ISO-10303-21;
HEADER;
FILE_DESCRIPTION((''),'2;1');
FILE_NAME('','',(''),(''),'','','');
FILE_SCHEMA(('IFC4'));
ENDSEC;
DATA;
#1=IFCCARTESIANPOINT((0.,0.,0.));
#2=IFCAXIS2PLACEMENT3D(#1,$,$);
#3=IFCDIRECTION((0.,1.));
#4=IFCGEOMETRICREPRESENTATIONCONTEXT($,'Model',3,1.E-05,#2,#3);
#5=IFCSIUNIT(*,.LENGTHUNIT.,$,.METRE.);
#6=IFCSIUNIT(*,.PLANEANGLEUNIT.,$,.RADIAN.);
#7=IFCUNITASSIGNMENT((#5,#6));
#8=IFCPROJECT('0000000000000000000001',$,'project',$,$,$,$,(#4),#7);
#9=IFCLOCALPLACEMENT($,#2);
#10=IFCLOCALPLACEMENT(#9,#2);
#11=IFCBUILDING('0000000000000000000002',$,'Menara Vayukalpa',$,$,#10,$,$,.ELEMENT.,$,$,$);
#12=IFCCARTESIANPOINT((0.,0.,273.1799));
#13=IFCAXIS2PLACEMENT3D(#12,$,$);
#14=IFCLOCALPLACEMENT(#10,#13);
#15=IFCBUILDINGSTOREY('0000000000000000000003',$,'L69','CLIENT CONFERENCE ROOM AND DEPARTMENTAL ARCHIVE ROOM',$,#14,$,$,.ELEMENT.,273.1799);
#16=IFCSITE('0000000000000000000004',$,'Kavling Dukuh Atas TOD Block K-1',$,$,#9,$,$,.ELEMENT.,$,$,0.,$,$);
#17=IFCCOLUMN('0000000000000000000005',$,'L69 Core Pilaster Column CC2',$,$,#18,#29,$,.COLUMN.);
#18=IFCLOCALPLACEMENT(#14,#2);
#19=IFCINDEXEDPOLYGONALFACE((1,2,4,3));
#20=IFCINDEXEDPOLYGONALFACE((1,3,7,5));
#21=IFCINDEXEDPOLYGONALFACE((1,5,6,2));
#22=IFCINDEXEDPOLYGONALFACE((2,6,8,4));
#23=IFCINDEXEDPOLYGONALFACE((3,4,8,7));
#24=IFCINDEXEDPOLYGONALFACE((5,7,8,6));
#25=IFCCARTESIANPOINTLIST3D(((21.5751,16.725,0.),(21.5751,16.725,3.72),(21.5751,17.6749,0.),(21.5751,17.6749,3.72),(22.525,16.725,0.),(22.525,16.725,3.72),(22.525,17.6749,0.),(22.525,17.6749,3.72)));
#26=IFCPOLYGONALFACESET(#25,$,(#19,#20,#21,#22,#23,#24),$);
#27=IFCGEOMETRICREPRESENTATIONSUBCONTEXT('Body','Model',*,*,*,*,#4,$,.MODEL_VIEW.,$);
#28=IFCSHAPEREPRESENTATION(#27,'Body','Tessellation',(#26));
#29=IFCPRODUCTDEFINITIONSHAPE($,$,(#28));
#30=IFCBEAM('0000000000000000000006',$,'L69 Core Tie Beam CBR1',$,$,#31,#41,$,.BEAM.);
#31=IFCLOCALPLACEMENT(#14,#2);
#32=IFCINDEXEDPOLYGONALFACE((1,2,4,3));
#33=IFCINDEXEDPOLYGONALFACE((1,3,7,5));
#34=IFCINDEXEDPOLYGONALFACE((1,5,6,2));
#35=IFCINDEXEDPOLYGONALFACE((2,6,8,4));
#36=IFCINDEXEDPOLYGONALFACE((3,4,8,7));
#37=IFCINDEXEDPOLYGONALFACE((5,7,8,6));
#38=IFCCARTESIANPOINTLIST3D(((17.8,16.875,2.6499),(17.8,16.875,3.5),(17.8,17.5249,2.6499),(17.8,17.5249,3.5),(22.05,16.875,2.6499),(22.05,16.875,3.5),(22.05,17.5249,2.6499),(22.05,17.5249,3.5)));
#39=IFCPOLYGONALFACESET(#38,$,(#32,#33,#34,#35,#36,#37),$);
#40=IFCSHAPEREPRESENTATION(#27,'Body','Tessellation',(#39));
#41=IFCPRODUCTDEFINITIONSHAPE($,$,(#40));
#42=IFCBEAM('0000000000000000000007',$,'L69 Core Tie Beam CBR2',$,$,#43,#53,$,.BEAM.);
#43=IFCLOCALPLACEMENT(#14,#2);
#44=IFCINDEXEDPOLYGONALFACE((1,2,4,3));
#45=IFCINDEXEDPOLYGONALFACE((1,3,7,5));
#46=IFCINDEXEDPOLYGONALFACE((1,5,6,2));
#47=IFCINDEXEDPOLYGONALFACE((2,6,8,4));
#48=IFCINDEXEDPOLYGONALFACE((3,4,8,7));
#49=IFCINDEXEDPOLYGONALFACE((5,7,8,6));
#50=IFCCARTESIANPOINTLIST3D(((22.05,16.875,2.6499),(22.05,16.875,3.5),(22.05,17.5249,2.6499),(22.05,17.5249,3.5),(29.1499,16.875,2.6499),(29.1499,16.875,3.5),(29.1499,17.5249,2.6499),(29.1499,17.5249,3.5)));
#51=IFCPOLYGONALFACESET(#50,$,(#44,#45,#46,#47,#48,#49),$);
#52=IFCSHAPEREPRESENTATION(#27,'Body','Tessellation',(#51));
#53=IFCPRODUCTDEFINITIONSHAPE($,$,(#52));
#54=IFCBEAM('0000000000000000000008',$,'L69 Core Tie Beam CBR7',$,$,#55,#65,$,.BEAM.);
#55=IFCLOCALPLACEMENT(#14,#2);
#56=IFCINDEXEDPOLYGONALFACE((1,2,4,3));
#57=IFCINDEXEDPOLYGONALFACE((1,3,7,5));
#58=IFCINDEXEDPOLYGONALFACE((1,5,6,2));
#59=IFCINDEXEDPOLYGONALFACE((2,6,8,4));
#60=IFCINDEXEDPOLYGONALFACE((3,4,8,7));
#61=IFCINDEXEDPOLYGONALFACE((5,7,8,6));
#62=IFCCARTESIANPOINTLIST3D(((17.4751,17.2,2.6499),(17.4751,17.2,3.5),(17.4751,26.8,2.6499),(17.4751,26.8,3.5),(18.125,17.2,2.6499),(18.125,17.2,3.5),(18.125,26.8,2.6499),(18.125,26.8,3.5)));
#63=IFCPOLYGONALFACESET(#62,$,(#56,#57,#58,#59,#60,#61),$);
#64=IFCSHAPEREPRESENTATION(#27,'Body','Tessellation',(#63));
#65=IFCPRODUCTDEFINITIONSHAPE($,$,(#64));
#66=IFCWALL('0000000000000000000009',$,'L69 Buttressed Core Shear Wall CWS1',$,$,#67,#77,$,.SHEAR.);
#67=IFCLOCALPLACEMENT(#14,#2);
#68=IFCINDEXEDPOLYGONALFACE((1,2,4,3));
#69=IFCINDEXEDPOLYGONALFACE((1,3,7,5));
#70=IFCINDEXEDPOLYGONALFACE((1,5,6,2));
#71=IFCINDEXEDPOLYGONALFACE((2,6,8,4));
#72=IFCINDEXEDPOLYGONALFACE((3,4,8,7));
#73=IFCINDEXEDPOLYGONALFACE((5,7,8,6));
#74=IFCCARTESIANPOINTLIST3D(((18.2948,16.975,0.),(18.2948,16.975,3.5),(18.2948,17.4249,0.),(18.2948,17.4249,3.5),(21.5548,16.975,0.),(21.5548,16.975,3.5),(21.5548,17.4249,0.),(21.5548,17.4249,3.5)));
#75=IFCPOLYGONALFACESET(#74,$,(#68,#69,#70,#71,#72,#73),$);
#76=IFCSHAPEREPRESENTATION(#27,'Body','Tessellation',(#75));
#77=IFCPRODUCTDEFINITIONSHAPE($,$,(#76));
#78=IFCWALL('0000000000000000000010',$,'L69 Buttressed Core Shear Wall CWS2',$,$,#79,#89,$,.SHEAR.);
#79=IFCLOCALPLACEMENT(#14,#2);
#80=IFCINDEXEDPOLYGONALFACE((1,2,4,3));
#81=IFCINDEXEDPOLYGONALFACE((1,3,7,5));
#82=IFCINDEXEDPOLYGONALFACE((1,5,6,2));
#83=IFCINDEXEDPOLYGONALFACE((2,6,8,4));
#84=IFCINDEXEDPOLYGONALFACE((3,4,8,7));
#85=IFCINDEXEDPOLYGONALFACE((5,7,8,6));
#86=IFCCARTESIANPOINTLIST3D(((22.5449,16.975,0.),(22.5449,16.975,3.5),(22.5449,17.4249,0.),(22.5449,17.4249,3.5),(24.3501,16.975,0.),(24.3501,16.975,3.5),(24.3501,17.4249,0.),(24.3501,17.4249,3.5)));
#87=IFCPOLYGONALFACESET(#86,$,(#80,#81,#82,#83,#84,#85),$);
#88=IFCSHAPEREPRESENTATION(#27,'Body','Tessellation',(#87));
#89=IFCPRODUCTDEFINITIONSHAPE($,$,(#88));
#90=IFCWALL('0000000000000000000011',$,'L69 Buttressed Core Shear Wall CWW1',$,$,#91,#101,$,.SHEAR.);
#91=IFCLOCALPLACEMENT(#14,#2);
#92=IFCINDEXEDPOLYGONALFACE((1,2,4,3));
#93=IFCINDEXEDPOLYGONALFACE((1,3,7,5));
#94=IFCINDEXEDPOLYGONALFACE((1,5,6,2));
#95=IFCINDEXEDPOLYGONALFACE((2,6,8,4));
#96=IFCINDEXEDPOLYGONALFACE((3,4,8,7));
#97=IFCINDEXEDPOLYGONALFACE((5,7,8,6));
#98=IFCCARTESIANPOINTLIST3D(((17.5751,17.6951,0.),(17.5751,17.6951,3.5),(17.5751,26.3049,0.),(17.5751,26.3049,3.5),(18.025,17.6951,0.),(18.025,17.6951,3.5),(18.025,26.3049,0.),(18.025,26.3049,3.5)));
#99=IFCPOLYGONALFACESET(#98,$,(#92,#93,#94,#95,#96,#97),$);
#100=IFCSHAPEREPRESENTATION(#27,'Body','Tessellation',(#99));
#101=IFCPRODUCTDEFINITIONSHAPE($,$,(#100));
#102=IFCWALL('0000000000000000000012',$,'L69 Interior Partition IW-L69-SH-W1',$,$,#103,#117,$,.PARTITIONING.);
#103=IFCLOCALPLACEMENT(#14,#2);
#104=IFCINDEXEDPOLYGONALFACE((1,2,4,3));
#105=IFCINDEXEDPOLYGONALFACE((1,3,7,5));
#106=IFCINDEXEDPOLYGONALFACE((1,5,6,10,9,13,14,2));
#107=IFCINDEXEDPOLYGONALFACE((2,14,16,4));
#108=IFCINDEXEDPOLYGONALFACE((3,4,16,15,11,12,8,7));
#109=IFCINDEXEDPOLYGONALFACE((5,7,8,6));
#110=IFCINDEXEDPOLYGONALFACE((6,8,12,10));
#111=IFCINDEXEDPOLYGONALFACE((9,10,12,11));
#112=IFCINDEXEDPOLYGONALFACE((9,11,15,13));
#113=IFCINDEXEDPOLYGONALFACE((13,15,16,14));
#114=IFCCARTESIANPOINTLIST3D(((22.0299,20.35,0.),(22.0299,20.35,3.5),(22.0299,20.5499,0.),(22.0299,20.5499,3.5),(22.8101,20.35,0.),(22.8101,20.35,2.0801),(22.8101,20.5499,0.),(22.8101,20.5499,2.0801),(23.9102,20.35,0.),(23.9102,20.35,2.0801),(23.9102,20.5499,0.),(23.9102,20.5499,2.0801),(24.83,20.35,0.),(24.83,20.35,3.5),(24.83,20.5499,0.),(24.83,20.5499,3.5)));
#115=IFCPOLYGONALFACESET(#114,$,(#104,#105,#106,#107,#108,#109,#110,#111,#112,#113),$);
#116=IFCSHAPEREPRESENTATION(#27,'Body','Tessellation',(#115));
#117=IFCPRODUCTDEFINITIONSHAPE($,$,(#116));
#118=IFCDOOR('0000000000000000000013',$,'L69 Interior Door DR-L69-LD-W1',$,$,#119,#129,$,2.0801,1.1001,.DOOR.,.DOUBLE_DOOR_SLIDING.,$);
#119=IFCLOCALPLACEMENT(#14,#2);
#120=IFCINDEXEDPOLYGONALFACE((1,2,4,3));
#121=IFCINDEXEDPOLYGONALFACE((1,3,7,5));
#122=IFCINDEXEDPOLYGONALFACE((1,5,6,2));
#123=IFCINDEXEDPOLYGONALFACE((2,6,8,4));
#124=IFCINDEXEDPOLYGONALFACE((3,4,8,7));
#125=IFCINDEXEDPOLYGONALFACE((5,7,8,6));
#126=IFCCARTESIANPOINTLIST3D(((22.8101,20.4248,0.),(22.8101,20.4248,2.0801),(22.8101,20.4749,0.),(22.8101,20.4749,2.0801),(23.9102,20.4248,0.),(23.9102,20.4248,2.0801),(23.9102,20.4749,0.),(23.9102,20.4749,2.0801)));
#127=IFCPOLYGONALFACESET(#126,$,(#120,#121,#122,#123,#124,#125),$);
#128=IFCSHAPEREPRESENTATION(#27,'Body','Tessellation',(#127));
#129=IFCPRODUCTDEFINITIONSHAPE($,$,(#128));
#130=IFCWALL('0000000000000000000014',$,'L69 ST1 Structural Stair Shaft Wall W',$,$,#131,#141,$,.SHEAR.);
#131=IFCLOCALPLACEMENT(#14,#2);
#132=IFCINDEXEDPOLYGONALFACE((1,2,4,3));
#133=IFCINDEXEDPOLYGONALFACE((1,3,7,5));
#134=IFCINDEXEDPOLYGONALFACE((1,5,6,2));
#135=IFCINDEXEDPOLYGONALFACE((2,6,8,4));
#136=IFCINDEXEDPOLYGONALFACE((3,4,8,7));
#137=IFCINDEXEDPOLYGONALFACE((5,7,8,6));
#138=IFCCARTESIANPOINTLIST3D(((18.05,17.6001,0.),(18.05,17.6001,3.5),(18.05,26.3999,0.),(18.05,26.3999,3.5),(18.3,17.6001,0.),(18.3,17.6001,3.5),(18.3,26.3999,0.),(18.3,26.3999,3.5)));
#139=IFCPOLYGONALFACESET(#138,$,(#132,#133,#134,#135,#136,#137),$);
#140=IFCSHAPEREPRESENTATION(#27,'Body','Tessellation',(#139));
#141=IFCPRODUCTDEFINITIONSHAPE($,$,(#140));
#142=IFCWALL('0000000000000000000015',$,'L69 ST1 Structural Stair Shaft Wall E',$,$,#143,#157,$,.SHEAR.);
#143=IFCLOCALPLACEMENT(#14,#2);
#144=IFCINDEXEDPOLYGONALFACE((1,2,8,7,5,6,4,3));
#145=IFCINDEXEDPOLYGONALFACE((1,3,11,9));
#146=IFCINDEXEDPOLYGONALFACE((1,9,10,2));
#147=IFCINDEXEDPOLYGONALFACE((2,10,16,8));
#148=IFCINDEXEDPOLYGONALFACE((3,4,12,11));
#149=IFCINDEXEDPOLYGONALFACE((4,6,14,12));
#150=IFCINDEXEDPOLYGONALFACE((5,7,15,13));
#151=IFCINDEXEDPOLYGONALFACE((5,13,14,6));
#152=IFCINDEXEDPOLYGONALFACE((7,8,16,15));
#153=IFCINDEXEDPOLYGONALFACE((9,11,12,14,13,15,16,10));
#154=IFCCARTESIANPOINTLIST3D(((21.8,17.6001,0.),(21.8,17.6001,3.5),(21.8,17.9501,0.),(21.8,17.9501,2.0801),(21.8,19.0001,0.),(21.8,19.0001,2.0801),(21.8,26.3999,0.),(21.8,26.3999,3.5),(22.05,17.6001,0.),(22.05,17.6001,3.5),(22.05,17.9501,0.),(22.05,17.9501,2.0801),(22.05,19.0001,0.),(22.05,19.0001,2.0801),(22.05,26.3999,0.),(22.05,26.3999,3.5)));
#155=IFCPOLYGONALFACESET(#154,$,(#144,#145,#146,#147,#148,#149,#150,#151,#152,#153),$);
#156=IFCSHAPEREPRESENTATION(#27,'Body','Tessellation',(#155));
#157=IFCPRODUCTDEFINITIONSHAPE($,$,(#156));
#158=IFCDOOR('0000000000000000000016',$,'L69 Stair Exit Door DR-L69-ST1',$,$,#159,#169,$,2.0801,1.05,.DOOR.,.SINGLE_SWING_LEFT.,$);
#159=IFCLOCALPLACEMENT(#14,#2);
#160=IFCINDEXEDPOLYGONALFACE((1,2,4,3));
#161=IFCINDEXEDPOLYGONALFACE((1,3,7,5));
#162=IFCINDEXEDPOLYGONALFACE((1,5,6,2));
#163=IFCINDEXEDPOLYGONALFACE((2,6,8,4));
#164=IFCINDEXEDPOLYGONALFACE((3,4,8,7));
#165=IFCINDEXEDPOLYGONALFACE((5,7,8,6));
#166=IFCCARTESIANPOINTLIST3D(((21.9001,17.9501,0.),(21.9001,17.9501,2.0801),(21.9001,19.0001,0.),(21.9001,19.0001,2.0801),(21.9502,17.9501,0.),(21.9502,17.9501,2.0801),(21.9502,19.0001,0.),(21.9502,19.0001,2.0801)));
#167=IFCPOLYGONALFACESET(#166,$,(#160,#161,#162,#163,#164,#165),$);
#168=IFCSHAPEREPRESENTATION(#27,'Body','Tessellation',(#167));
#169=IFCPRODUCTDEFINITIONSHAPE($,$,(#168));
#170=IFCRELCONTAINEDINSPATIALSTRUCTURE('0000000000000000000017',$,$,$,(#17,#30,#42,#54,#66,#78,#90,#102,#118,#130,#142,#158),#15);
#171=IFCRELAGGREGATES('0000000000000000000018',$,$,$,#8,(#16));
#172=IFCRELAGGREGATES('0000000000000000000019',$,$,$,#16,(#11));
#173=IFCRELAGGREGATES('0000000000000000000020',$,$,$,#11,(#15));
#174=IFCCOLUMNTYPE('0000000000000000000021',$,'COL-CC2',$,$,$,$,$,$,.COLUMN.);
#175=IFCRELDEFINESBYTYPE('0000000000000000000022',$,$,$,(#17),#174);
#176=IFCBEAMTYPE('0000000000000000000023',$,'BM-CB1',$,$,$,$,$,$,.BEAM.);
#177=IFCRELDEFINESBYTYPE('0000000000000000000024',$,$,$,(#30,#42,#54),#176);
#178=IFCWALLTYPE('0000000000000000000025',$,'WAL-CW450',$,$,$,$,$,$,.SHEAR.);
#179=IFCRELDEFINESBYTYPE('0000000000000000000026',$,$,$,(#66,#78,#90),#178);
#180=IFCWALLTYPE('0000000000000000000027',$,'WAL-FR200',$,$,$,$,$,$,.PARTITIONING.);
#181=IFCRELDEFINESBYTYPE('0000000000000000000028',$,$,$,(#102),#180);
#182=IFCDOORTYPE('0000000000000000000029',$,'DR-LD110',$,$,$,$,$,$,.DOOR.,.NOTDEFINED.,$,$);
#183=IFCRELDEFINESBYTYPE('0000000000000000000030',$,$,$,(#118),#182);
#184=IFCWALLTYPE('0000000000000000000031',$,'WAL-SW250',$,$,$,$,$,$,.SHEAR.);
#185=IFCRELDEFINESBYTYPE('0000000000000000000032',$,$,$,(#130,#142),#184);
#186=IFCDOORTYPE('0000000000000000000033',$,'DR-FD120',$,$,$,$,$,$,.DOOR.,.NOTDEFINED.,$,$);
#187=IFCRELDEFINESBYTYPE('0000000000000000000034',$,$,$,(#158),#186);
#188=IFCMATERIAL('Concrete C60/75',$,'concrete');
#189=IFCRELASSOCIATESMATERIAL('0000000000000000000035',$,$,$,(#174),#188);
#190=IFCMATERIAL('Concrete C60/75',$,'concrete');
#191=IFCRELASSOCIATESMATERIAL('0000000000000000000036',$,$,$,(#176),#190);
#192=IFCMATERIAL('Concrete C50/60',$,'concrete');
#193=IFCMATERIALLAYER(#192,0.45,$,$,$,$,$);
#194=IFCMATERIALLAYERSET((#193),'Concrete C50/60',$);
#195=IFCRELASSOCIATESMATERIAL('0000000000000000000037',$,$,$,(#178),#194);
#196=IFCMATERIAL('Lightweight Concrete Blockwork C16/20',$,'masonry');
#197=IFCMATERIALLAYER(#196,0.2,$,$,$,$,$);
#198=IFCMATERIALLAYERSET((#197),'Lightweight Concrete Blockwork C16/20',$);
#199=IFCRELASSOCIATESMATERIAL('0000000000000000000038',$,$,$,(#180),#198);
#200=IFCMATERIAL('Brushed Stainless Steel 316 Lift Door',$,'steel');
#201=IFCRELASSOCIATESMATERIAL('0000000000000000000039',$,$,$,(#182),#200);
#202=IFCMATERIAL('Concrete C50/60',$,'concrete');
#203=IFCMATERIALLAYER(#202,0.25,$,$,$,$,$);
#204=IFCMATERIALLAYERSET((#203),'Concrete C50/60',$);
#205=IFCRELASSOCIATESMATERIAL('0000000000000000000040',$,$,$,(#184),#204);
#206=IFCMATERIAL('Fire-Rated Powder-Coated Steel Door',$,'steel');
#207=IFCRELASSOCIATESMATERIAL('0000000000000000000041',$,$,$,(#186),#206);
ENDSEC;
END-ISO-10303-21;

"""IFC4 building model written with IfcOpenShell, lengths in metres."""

from ifc_helpers import new_model, si_unit, direction, frame, frame_2d, origin, origin_2d, place, context, subcontext, project, spatial, rectangle, extrude, material, layer, layer_set, material_profile, profile_set, type_object, element, fill, save


model = new_model("IFC4")

# Units and contexts
model_context = context("Model", 3, precision=1e-05, world=origin(), true_north=direction((0.0, 1.0)))
body_context = subcontext(model_context, "Body", "Model", "MODEL_VIEW")
ifc_project = project(units=[si_unit("LENGTHUNIT", "METRE"), si_unit("PLANEANGLEUNIT", "RADIAN")], contexts=[model_context])

# Site, building, storey
site_placement = place(None, origin())
site = spatial("IfcSite", under=ifc_project, at=site_placement, Name="Kavling Dukuh Atas TOD Block K-1", CompositionType="ELEMENT", RefElevation=0.0)
building_placement = place(site_placement, origin())
building = spatial("IfcBuilding", under=site, at=building_placement, Name="Menara Vayukalpa", CompositionType="ELEMENT")
storey_placement = place(building_placement, frame((0.0, 0.0, 273.1799)))
storey = spatial("IfcBuildingStorey", under=building, at=storey_placement, Name="L69", Description="CLIENT CONFERENCE ROOM AND DEPARTMENTAL ARCHIVE ROOM", CompositionType="ELEMENT", Elevation=273.1799)

# Column
ifc_material_1 = material(Name="Concrete C60/75", Category="concrete")
ifc_material_profile_1 = material_profile(ifc_material_1, rectangle(XDim=0.95, YDim=0.95, at=origin_2d()), Name="RC 950x950")
ifc_profile_set_1 = profile_set([ifc_material_profile_1], Name="Concrete C60/75")
column_type = type_object("IfcColumnType", Name="COL-CC2", PredefinedType="COLUMN", material=ifc_profile_set_1)
column_placement = place(storey_placement, frame((22.05, 17.2, 0.0), z_axis=(0.0, 0.0, 1.0), x_axis=(1.0, 0.0, 0.0)))
element("IfcColumn", 1, at=column_placement, inside=storey, type_object=column_type, Name="L69 Core Pilaster Column CC2", PredefinedType="COLUMN", context=body_context, shape_type="SweptSolid", body=[
    extrude(rectangle(XDim=0.95, YDim=0.95, at=origin_2d()), origin(), (0.0, 0.0, 1.0), 3.72),
])

# Beams
ifc_material_2 = material(Name="Concrete C60/75", Category="concrete")
ifc_material_profile_2 = material_profile(ifc_material_2, rectangle(XDim=0.6499, YDim=0.8501, at=origin_2d()), Name="RC 650x850")
ifc_profile_set_2 = profile_set([ifc_material_profile_2], Name="Concrete C60/75")
beam_type = type_object("IfcBeamType", Name="BM-CB1", PredefinedType="BEAM", material=ifc_profile_set_2)
beam_1_placement = place(storey_placement, frame((17.8, 17.2, 3.075), z_axis=(1.0, 0.0, 0.0), x_axis=(0.0, 1.0, 0.0)))
element("IfcBeam", 2, at=beam_1_placement, inside=storey, type_object=beam_type, Name="L69 Core Tie Beam CBR1", PredefinedType="BEAM", context=body_context, shape_type="SweptSolid", body=[
    extrude(rectangle(XDim=0.6499, YDim=0.8501, at=origin_2d()), origin(), (0.0, 0.0, 1.0), 4.25),
])
beam_2_placement = place(storey_placement, frame((22.05, 17.2, 3.075), z_axis=(1.0, 0.0, 0.0), x_axis=(0.0, 1.0, 0.0)))
element("IfcBeam", 3, at=beam_2_placement, inside=storey, type_object=beam_type, Name="L69 Core Tie Beam CBR2", PredefinedType="BEAM", context=body_context, shape_type="SweptSolid", body=[
    extrude(rectangle(XDim=0.6499, YDim=0.8501, at=origin_2d()), origin(), (0.0, 0.0, 1.0), 7.0999),
])
beam_3_placement = place(storey_placement, frame((17.8, 17.2, 3.075), z_axis=(0.0, 1.0, 0.0), x_axis=(-1.0, 0.0, 0.0)))
element("IfcBeam", 4, at=beam_3_placement, inside=storey, type_object=beam_type, Name="L69 Core Tie Beam CBR7", PredefinedType="BEAM", context=body_context, shape_type="SweptSolid", body=[
    extrude(rectangle(XDim=0.6499, YDim=0.8501, at=origin_2d()), origin(), (0.0, 0.0, 1.0), 9.6001),
])

# Walls
ifc_material_3 = material(Name="Concrete C50/60", Category="concrete")
ifc_layer_1 = layer(ifc_material_3, 0.45)
ifc_layer_set_1 = layer_set([ifc_layer_1], Name="Concrete C50/60")
wall_type_1 = type_object("IfcWallType", Name="WAL-CW450", PredefinedType="SHEAR", material=ifc_layer_set_1)
wall_1_placement = place(storey_placement, frame((18.2949, 17.2, 0.0), z_axis=(0.0, 0.0, 1.0), x_axis=(1.0, 0.0, 0.0)))
element("IfcWall", 5, at=wall_1_placement, inside=storey, type_object=wall_type_1, Name="L69 Buttressed Core Shear Wall CWS1", PredefinedType="SHEAR", context=body_context, shape_type="SweptSolid", body=[
    extrude(rectangle(XDim=3.26, YDim=0.45, at=frame_2d((1.6299, 0.0))), origin(), (0.0, 0.0, 1.0), 3.5),
])
wall_2_placement = place(storey_placement, frame((22.5449, 17.2, 0.0), z_axis=(0.0, 0.0, 1.0), x_axis=(1.0, 0.0, 0.0)))
element("IfcWall", 6, at=wall_2_placement, inside=storey, type_object=wall_type_1, Name="L69 Buttressed Core Shear Wall CWS2", PredefinedType="SHEAR", context=body_context, shape_type="SweptSolid", body=[
    extrude(rectangle(XDim=1.8052, YDim=0.45, at=frame_2d((0.9026, 0.0))), origin(), (0.0, 0.0, 1.0), 3.5),
])
wall_3_placement = place(storey_placement, frame((17.8, 17.6951, 0.0), z_axis=(0.0, 0.0, 1.0), x_axis=(0.0, 1.0, 0.0)))
element("IfcWall", 7, at=wall_3_placement, inside=storey, type_object=wall_type_1, Name="L69 Buttressed Core Shear Wall CWW1", PredefinedType="SHEAR", context=body_context, shape_type="SweptSolid", body=[
    extrude(rectangle(XDim=8.6099, YDim=0.45, at=frame_2d((4.3049, 0.0))), origin(), (0.0, 0.0, 1.0), 3.5),
])

# Wall, opening, door
ifc_material_4 = material(Name="Lightweight Concrete Blockwork C16/20", Category="masonry")
ifc_layer_2 = layer(ifc_material_4, 0.2)
ifc_layer_set_2 = layer_set([ifc_layer_2], Name="Lightweight Concrete Blockwork C16/20")
wall_type_2 = type_object("IfcWallType", Name="WAL-FR200", PredefinedType="PARTITIONING", material=ifc_layer_set_2)
wall_4_placement = place(storey_placement, frame((22.03, 20.45, 0.0), z_axis=(0.0, 0.0, 1.0), x_axis=(1.0, 0.0, 0.0)))
wall_4 = element("IfcWall", 8, at=wall_4_placement, inside=storey, type_object=wall_type_2, Name="L69 Interior Partition IW-L69-SH-W1", PredefinedType="PARTITIONING", context=body_context, shape_type="SweptSolid", body=[
    extrude(rectangle(XDim=2.8, YDim=0.2, at=frame_2d((1.3999, 0.0))), origin(), (0.0, 0.0, 1.0), 3.5),
])
opening_1_placement = place(wall_4_placement, frame((0.78, 0.0, 0.0)))
opening_1 = element("IfcOpeningElement", 9, at=opening_1_placement, cuts=wall_4, PredefinedType="OPENING", context=body_context, shape_type="SweptSolid", body=[
    extrude(rectangle(XDim=1.1001, YDim=2.0801, at=frame_2d((0.55, 1.04))), frame((0.0, 0.1099, 0.0), z_axis=(0.0, -1.0, 0.0), x_axis=(1.0, 0.0, 0.0)), (0.0, 0.0, 1.0), 0.22),
])
ifc_material_5 = material(Name="Brushed Stainless Steel 316 Lift Door", Category="steel")
door_type_1 = type_object("IfcDoorType", Name="DR-LD110", OperationType="NOTDEFINED", PredefinedType="DOOR", material=ifc_material_5)
door_1_placement = place(opening_1_placement, origin())
door_1 = element("IfcDoor", 10, at=door_1_placement, inside=storey, type_object=door_type_1, Name="L69 Interior Door DR-L69-LD-W1", OperationType="DOUBLE_DOOR_SLIDING", OverallHeight=2.0801, OverallWidth=1.1001, PredefinedType="DOOR", context=body_context, shape_type="SweptSolid", body=[
    extrude(rectangle(XDim=1.1001, YDim=2.0801, at=frame_2d((0.55, 1.04))), frame((0.0, 0.0249, 0.0), z_axis=(0.0, -1.0, 0.0), x_axis=(1.0, 0.0, 0.0)), (0.0, 0.0, 1.0), 0.05),
])
fill(opening_1, door_1)

# Wall
ifc_material_6 = material(Name="Concrete C50/60", Category="concrete")
ifc_layer_3 = layer(ifc_material_6, 0.25)
ifc_layer_set_3 = layer_set([ifc_layer_3], Name="Concrete C50/60")
wall_type_3 = type_object("IfcWallType", Name="WAL-SW250", PredefinedType="SHEAR", material=ifc_layer_set_3)
wall_5_placement = place(storey_placement, frame((18.175, 17.6001, 0.0), z_axis=(0.0, 0.0, 1.0), x_axis=(0.0, 1.0, 0.0)))
element("IfcWall", 11, at=wall_5_placement, inside=storey, type_object=wall_type_3, Name="L69 ST1 Structural Stair Shaft Wall W", PredefinedType="SHEAR", context=body_context, shape_type="SweptSolid", body=[
    extrude(rectangle(XDim=8.7998, YDim=0.25, at=frame_2d((4.3999, 0.0))), origin(), (0.0, 0.0, 1.0), 3.5),
])

# Wall, opening, door
wall_6_placement = place(storey_placement, frame((21.925, 17.6001, 0.0), z_axis=(0.0, 0.0, 1.0), x_axis=(0.0, 1.0, 0.0)))
wall_6 = element("IfcWall", 12, at=wall_6_placement, inside=storey, type_object=wall_type_3, Name="L69 ST1 Structural Stair Shaft Wall E", PredefinedType="SHEAR", context=body_context, shape_type="SweptSolid", body=[
    extrude(rectangle(XDim=8.7998, YDim=0.25, at=frame_2d((4.3999, 0.0))), origin(), (0.0, 0.0, 1.0), 3.5),
])
opening_2_placement = place(wall_6_placement, frame((0.3501, 0.0, 0.0)))
opening_2 = element("IfcOpeningElement", 13, at=opening_2_placement, cuts=wall_6, PredefinedType="OPENING", context=body_context, shape_type="SweptSolid", body=[
    extrude(rectangle(XDim=1.05, YDim=2.0801, at=frame_2d((0.5249, 1.04))), frame((0.0, 0.135, 0.0), z_axis=(0.0, -1.0, 0.0), x_axis=(1.0, 0.0, 0.0)), (0.0, 0.0, 1.0), 0.27),
])
ifc_material_7 = material(Name="Fire-Rated Powder-Coated Steel Door", Category="steel")
door_type_2 = type_object("IfcDoorType", Name="DR-FD120", OperationType="NOTDEFINED", PredefinedType="DOOR", material=ifc_material_7)
door_2_placement = place(opening_2_placement, origin())
door_2 = element("IfcDoor", 14, at=door_2_placement, inside=storey, type_object=door_type_2, Name="L69 Stair Exit Door DR-L69-ST1", OperationType="SINGLE_SWING_LEFT", OverallHeight=2.0801, OverallWidth=1.05, PredefinedType="DOOR", context=body_context, shape_type="SweptSolid", body=[
    extrude(rectangle(XDim=1.05, YDim=2.0801, at=frame_2d((0.5249, 1.04))), frame((0.0, 0.0249, 0.0), z_axis=(0.0, -1.0, 0.0), x_axis=(1.0, 0.0, 0.0)), (0.0, 0.0, 1.0), 0.05),
])
fill(opening_2, door_2)

save(model, "model.ifc")
